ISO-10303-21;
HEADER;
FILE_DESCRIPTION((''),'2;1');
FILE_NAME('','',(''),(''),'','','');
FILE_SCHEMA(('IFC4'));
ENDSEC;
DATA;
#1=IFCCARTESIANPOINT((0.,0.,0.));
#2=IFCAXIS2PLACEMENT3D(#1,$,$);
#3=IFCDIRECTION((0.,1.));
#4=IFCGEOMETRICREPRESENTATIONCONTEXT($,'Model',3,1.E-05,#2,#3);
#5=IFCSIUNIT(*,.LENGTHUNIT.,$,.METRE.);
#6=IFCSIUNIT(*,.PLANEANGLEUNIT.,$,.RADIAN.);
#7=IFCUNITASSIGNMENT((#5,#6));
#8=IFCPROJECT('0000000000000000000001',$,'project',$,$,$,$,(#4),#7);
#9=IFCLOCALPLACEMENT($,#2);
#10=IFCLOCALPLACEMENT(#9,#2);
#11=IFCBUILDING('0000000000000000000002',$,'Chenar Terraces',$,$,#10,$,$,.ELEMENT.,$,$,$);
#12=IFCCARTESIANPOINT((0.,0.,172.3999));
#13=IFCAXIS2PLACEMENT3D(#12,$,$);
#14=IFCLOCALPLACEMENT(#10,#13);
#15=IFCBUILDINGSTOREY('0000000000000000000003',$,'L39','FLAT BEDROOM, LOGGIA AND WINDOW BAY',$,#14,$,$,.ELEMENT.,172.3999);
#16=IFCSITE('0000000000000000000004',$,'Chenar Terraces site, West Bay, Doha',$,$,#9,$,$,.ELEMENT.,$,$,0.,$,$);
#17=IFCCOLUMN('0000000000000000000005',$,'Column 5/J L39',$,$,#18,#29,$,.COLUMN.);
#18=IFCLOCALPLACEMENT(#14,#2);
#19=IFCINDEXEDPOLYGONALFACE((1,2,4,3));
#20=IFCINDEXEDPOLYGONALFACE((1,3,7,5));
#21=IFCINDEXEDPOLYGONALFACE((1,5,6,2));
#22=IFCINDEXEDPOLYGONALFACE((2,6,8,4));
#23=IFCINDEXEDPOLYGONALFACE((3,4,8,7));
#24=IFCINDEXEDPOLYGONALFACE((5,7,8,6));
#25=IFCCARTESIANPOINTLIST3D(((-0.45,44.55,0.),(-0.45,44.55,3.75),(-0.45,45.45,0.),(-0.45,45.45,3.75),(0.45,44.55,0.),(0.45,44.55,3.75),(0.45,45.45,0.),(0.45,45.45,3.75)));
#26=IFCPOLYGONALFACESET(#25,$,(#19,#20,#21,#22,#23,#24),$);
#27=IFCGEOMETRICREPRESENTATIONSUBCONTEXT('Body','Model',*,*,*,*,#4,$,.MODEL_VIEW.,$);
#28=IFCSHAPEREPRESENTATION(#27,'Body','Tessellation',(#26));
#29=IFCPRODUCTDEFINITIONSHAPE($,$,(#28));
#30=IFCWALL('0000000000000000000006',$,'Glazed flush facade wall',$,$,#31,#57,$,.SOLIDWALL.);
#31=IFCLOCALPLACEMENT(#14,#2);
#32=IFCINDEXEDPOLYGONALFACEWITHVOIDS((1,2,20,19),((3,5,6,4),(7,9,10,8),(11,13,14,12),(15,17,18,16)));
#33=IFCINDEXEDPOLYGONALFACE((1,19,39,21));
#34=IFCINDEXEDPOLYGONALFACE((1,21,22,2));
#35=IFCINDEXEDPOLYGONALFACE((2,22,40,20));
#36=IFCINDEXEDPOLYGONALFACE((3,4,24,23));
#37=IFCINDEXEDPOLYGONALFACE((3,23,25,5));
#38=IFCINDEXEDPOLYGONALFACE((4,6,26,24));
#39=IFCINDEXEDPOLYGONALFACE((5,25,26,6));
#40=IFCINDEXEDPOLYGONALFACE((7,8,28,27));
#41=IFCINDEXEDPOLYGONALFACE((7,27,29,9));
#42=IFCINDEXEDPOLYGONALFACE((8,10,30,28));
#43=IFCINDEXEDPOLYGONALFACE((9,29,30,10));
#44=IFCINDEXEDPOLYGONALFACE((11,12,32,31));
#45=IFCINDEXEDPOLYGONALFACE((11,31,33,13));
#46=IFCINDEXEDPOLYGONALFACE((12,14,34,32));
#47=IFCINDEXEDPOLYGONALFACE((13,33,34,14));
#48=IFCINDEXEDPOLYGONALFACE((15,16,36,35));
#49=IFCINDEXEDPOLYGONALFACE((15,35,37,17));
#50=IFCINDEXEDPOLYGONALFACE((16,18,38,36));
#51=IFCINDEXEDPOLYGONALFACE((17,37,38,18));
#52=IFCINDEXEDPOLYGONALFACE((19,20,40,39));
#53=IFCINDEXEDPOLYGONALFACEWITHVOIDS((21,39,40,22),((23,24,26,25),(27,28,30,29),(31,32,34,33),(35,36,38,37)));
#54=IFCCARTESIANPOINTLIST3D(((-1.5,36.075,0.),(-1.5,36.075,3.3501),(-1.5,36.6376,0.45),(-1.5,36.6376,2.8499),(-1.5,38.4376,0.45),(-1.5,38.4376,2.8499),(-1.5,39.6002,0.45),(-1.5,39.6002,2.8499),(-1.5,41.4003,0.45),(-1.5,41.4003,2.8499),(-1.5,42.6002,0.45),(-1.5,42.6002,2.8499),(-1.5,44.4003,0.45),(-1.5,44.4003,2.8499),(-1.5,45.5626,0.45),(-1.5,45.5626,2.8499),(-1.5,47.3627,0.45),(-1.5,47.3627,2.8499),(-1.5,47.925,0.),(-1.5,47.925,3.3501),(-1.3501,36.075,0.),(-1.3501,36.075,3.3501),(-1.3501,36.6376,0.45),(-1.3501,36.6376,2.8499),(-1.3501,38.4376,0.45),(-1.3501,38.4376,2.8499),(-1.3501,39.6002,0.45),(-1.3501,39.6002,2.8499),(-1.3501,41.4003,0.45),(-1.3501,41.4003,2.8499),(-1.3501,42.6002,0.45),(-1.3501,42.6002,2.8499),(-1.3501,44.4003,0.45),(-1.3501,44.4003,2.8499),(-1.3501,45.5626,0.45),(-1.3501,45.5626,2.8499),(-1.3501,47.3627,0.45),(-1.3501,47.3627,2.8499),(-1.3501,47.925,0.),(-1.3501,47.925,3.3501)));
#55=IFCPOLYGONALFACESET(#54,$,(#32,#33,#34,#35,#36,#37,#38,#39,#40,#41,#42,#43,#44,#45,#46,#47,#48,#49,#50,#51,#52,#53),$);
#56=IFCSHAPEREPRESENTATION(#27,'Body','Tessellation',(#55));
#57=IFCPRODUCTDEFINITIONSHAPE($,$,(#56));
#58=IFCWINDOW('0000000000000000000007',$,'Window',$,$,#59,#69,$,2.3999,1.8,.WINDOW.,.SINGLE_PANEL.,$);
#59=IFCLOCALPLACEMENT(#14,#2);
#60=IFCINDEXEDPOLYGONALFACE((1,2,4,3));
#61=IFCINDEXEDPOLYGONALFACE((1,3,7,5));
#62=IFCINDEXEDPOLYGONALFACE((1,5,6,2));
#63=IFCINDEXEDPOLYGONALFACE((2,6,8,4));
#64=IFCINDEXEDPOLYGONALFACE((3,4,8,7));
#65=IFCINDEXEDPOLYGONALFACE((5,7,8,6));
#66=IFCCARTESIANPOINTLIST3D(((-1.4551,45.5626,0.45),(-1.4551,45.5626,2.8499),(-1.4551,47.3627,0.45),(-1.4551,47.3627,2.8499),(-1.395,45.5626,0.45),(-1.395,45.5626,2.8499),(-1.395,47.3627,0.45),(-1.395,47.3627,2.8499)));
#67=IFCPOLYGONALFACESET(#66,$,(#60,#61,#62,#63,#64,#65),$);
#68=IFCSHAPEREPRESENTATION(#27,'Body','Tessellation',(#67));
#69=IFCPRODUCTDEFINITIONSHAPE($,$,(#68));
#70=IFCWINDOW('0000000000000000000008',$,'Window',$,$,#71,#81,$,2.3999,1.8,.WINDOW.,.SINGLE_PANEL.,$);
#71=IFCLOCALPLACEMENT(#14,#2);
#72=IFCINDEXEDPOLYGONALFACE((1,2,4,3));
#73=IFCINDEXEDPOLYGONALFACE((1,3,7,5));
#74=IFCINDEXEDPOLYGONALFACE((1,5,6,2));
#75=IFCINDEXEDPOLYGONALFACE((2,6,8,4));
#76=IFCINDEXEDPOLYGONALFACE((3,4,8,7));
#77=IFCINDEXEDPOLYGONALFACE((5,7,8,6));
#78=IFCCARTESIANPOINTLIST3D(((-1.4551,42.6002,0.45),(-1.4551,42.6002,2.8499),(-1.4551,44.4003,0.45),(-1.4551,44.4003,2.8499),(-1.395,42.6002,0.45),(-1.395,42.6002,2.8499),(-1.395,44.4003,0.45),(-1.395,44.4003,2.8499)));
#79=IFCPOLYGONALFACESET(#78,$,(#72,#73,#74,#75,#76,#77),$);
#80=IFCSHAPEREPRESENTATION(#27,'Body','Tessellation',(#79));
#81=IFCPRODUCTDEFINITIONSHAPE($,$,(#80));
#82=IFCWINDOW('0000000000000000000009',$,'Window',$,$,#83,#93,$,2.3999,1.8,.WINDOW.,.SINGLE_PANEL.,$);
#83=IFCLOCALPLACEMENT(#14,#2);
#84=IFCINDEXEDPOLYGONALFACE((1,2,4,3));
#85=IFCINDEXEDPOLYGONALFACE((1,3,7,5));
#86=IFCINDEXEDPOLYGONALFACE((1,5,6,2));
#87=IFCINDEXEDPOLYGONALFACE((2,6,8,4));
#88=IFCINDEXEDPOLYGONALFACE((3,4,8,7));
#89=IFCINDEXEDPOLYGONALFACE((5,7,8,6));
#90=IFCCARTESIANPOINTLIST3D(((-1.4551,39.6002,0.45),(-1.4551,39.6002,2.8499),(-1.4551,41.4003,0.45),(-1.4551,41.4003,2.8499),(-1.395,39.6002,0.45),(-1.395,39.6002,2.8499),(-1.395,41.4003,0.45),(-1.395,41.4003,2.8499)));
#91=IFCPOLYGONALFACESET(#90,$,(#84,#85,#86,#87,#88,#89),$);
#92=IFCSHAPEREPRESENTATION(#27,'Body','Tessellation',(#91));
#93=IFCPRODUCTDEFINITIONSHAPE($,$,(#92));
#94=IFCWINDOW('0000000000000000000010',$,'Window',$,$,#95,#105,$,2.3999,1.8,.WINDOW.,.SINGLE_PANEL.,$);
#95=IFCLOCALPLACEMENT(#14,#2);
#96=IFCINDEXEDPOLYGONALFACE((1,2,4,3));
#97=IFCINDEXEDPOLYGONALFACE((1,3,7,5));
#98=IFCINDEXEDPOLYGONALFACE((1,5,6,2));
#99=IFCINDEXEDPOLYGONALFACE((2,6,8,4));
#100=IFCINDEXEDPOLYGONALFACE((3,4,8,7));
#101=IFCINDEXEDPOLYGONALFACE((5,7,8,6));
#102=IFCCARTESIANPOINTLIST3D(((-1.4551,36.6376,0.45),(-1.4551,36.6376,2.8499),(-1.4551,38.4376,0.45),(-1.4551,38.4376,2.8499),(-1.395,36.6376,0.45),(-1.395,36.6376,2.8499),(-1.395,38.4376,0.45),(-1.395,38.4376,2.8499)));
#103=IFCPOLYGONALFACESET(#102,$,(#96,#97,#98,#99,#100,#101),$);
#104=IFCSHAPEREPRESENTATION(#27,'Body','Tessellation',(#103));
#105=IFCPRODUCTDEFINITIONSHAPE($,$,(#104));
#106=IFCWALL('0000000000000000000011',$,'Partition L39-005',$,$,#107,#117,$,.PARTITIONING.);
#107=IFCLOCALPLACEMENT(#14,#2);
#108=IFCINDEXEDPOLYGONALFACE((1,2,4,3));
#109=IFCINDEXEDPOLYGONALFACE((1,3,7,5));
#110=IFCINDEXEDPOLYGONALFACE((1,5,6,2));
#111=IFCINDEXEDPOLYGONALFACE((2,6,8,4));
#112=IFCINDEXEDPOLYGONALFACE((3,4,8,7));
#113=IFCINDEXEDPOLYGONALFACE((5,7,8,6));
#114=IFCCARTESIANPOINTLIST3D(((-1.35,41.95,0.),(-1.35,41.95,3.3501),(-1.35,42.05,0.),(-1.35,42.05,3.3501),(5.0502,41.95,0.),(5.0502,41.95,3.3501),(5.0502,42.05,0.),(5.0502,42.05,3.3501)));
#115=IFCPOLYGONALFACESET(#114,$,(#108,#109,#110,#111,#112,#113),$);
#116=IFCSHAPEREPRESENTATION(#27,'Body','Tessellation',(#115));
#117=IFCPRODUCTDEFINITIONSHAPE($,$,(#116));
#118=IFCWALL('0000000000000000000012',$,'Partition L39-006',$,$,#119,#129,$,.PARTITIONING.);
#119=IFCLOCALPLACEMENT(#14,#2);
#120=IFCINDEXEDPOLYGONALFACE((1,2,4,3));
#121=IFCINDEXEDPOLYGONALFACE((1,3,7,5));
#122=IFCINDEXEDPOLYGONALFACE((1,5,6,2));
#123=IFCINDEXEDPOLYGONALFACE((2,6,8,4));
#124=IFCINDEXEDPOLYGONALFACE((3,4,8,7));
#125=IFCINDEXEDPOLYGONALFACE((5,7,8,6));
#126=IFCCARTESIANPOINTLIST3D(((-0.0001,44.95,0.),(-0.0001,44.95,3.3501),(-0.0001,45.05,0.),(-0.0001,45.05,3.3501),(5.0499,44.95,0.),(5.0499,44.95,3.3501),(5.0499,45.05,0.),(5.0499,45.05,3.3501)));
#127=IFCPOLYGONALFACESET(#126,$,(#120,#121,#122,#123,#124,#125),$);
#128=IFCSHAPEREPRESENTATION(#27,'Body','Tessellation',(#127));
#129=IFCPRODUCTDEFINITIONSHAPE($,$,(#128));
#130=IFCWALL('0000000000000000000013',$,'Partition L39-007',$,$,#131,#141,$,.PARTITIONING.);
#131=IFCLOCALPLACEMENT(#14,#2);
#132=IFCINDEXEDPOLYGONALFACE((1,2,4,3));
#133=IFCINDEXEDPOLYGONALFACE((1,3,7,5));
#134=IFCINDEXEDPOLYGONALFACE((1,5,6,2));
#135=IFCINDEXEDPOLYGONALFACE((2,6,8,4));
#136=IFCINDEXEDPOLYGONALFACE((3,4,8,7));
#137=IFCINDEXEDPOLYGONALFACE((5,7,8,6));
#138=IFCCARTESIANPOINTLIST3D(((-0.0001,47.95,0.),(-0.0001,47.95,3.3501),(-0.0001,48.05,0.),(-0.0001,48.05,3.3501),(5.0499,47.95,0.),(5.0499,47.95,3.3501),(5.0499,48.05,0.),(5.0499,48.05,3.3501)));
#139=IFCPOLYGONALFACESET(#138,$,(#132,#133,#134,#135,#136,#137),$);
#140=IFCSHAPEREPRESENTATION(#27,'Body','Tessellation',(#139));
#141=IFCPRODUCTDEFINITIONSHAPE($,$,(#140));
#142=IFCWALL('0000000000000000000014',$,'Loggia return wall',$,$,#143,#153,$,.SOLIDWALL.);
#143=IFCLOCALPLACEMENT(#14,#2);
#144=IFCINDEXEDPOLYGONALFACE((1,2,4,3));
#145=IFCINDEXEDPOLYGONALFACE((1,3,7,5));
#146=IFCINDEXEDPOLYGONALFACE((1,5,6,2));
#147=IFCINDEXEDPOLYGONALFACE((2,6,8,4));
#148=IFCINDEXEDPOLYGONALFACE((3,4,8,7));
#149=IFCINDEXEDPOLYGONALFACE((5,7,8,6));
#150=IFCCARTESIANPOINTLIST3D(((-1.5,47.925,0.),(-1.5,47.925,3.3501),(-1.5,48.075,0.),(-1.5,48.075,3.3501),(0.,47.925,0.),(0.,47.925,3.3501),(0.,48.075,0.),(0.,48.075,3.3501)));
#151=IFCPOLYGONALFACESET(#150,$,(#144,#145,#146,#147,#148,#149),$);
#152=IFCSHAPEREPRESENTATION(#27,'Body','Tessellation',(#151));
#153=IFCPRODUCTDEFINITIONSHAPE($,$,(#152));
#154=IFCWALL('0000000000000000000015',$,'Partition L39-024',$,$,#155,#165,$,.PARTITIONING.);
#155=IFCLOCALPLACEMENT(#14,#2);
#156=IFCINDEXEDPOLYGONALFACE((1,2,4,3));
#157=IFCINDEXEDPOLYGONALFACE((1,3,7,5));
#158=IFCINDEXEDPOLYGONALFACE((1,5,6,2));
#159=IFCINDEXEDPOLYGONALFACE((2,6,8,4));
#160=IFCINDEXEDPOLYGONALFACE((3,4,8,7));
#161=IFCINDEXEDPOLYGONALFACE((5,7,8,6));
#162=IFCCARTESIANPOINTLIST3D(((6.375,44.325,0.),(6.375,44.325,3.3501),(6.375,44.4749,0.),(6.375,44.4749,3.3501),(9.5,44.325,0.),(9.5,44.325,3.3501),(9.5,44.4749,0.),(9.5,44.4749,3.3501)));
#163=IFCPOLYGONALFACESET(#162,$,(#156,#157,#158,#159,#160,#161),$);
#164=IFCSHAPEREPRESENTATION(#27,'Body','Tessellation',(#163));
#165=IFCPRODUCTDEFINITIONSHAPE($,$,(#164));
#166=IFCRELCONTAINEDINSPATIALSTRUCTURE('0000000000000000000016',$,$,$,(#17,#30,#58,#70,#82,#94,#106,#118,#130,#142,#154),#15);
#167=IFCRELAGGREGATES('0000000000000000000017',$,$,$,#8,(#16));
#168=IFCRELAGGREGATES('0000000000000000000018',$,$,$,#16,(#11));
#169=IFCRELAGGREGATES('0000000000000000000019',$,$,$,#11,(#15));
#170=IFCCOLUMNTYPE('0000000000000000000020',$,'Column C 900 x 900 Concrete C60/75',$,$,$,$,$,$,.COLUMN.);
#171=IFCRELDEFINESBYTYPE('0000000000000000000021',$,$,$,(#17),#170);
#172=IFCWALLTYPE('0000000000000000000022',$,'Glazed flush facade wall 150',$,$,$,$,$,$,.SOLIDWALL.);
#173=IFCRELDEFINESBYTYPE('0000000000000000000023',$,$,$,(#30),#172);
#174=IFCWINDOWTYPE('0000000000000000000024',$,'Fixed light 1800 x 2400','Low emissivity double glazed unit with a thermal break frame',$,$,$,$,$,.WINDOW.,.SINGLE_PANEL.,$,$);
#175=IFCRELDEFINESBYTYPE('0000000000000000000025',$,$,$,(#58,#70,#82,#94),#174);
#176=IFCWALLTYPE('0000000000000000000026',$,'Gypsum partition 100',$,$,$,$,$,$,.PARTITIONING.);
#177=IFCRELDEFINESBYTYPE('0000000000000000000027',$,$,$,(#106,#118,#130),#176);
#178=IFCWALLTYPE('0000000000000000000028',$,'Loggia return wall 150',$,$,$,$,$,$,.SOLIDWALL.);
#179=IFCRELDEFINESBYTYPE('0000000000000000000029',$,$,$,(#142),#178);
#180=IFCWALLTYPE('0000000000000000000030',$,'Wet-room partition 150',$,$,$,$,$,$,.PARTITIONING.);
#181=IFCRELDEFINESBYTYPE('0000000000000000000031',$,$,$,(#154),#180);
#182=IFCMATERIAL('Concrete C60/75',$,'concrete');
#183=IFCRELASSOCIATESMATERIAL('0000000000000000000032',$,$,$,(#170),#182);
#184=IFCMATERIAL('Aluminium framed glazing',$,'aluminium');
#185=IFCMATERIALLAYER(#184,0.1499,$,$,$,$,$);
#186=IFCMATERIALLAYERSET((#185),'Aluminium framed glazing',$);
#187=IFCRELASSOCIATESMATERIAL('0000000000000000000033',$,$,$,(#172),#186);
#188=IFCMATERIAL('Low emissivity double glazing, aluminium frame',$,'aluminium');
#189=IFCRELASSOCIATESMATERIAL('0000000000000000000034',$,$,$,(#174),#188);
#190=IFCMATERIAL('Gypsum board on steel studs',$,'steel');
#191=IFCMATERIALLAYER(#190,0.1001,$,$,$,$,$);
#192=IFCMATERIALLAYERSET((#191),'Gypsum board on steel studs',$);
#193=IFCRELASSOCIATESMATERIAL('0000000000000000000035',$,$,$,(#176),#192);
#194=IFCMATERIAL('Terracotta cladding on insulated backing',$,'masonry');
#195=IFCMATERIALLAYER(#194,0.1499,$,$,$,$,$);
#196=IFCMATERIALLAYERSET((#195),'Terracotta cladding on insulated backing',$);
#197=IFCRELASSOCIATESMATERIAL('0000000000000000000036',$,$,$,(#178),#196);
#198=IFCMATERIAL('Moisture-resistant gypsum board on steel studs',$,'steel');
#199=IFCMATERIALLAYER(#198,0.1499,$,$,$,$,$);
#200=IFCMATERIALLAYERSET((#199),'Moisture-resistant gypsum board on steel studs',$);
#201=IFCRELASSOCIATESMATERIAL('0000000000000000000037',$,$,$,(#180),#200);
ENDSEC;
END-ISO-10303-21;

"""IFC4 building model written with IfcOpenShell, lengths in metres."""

from ifc_helpers import new_model, si_unit, direction, frame, frame_2d, origin, origin_2d, place, context, subcontext, project, spatial, rectangle, extrude, material, layer, layer_set, material_profile, profile_set, type_object, element, fill, save


model = new_model("IFC4")

# Units and contexts
model_context = context("Model", 3, precision=1e-05, world=origin(), true_north=direction((0.0, 1.0)))
body_context = subcontext(model_context, "Body", "Model", "MODEL_VIEW")
ifc_project = project(units=[si_unit("LENGTHUNIT", "METRE"), si_unit("PLANEANGLEUNIT", "RADIAN")], contexts=[model_context])

# Site, building, storey
site_placement = place(None, origin())
site = spatial("IfcSite", under=ifc_project, at=site_placement, Name="Chenar Terraces site, West Bay, Doha", CompositionType="ELEMENT", RefElevation=0.0)
building_placement = place(site_placement, origin())
building = spatial("IfcBuilding", under=site, at=building_placement, Name="Chenar Terraces", CompositionType="ELEMENT")
storey_placement = place(building_placement, frame((0.0, 0.0, 172.3999)))
storey = spatial("IfcBuildingStorey", under=building, at=storey_placement, Name="L39", Description="FLAT BEDROOM, LOGGIA AND WINDOW BAY", CompositionType="ELEMENT", Elevation=172.3999)

# Column
ifc_material_1 = material(Name="Concrete C60/75", Category="concrete")
ifc_material_profile_1 = material_profile(ifc_material_1, rectangle(XDim=0.8999, YDim=0.8999, at=origin_2d()), Name="C 900 x 900")
ifc_profile_set_1 = profile_set([ifc_material_profile_1], Name="Concrete C60/75")
column_type = type_object("IfcColumnType", Name="Column C 900 x 900 Concrete C60/75", PredefinedType="COLUMN", material=ifc_profile_set_1)
placement = place(storey_placement, frame((0.0, 45.0, 0.0), z_axis=(0.0, 0.0, 1.0), x_axis=(1.0, 0.0, 0.0)))
element("IfcColumn", 1, at=placement, inside=storey, type_object=column_type, Name="Column 5/J L39", PredefinedType="COLUMN", context=body_context, shape_type="SweptSolid", body=[
    extrude(rectangle(XDim=0.8999, YDim=0.8999, at=origin_2d()), origin(), (0.0, 0.0, 1.0), 3.75),
])

# Wall, openings, windows
ifc_material_2 = material(Name="Aluminium framed glazing", Category="aluminium")
ifc_layer_1 = layer(ifc_material_2, 0.1499)
ifc_layer_set_1 = layer_set([ifc_layer_1], Name="Aluminium framed glazing")
wall_type_1 = type_object("IfcWallType", Name="Glazed flush facade wall 150", PredefinedType="SOLIDWALL", material=ifc_layer_set_1)
wall_1_placement = place(storey_placement, frame((-1.425, 47.925, 0.0), z_axis=(0.0, 0.0, 1.0), x_axis=(0.0, -1.0, 0.0)))
wall_1 = element("IfcWall", 2, at=wall_1_placement, inside=storey, type_object=wall_type_1, Name="Glazed flush facade wall", PredefinedType="SOLIDWALL", context=body_context, shape_type="SweptSolid", body=[
    extrude(rectangle(XDim=11.8501, YDim=0.1499, at=frame_2d((5.925, 0.0))), origin(), (0.0, 0.0, 1.0), 3.3501),
])
opening_1_placement = place(wall_1_placement, frame((0.5625, 0.0, 0.45)))
opening_1 = element("IfcOpeningElement", 3, at=opening_1_placement, cuts=wall_1, PredefinedType="OPENING", context=body_context, shape_type="SweptSolid", body=[
    extrude(rectangle(XDim=1.8, YDim=2.3999, at=frame_2d((0.8999, 1.2))), frame((0.0, 0.085, 0.0), z_axis=(0.0, -1.0, 0.0), x_axis=(1.0, 0.0, 0.0)), (0.0, 0.0, 1.0), 0.1699),
])
opening_2_placement = place(wall_1_placement, frame((3.5249, 0.0, 0.45)))
opening_2 = element("IfcOpeningElement", 4, at=opening_2_placement, cuts=wall_1, PredefinedType="OPENING", context=body_context, shape_type="SweptSolid", body=[
    extrude(rectangle(XDim=1.8, YDim=2.3999, at=frame_2d((0.8999, 1.2))), frame((0.0, 0.085, 0.0), z_axis=(0.0, -1.0, 0.0), x_axis=(1.0, 0.0, 0.0)), (0.0, 0.0, 1.0), 0.1699),
])
opening_3_placement = place(wall_1_placement, frame((6.5249, 0.0, 0.45)))
opening_3 = element("IfcOpeningElement", 5, at=opening_3_placement, cuts=wall_1, PredefinedType="OPENING", context=body_context, shape_type="SweptSolid", body=[
    extrude(rectangle(XDim=1.8, YDim=2.3999, at=frame_2d((0.8999, 1.2))), frame((0.0, 0.085, 0.0), z_axis=(0.0, -1.0, 0.0), x_axis=(1.0, 0.0, 0.0)), (0.0, 0.0, 1.0), 0.1699),
])
opening_4_placement = place(wall_1_placement, frame((9.4875, 0.0, 0.45)))
opening_4 = element("IfcOpeningElement", 6, at=opening_4_placement, cuts=wall_1, PredefinedType="OPENING", context=body_context, shape_type="SweptSolid", body=[
    extrude(rectangle(XDim=1.8, YDim=2.3999, at=frame_2d((0.8999, 1.2))), frame((0.0, 0.085, 0.0), z_axis=(0.0, -1.0, 0.0), x_axis=(1.0, 0.0, 0.0)), (0.0, 0.0, 1.0), 0.1699),
])
ifc_material_3 = material(Name="Low emissivity double glazing, aluminium frame", Category="aluminium")
window_type = type_object("IfcWindowType", Name="Fixed light 1800 x 2400", Description="Low emissivity double glazed unit with a thermal break frame", PartitioningType="SINGLE_PANEL", PredefinedType="WINDOW", material=ifc_material_3)
window_1_placement = place(opening_1_placement, origin())
window_1 = element("IfcWindow", 7, at=window_1_placement, inside=storey, type_object=window_type, Name="Window", OverallHeight=2.3999, OverallWidth=1.8, PartitioningType="SINGLE_PANEL", PredefinedType="WINDOW", context=body_context, shape_type="SweptSolid", body=[
    extrude(rectangle(XDim=1.8, YDim=2.3999, at=frame_2d((0.8999, 1.2))), frame((0.0, 0.03, 0.0), z_axis=(0.0, -1.0, 0.0), x_axis=(1.0, 0.0, 0.0)), (0.0, 0.0, 1.0), 0.0601),
])
fill(opening_1, window_1)
window_2_placement = place(opening_2_placement, origin())
window_2 = element("IfcWindow", 8, at=window_2_placement, inside=storey, type_object=window_type, Name="Window", OverallHeight=2.3999, OverallWidth=1.8, PartitioningType="SINGLE_PANEL", PredefinedType="WINDOW", context=body_context, shape_type="SweptSolid", body=[
    extrude(rectangle(XDim=1.8, YDim=2.3999, at=frame_2d((0.8999, 1.2))), frame((0.0, 0.03, 0.0), z_axis=(0.0, -1.0, 0.0), x_axis=(1.0, 0.0, 0.0)), (0.0, 0.0, 1.0), 0.0601),
])
fill(opening_2, window_2)
window_3_placement = place(opening_3_placement, origin())
window_3 = element("IfcWindow", 9, at=window_3_placement, inside=storey, type_object=window_type, Name="Window", OverallHeight=2.3999, OverallWidth=1.8, PartitioningType="SINGLE_PANEL", PredefinedType="WINDOW", context=body_context, shape_type="SweptSolid", body=[
    extrude(rectangle(XDim=1.8, YDim=2.3999, at=frame_2d((0.8999, 1.2))), frame((0.0, 0.03, 0.0), z_axis=(0.0, -1.0, 0.0), x_axis=(1.0, 0.0, 0.0)), (0.0, 0.0, 1.0), 0.0601),
])
fill(opening_3, window_3)
window_4_placement = place(opening_4_placement, origin())
window_4 = element("IfcWindow", 10, at=window_4_placement, inside=storey, type_object=window_type, Name="Window", OverallHeight=2.3999, OverallWidth=1.8, PartitioningType="SINGLE_PANEL", PredefinedType="WINDOW", context=body_context, shape_type="SweptSolid", body=[
    extrude(rectangle(XDim=1.8, YDim=2.3999, at=frame_2d((0.8999, 1.2))), frame((0.0, 0.03, 0.0), z_axis=(0.0, -1.0, 0.0), x_axis=(1.0, 0.0, 0.0)), (0.0, 0.0, 1.0), 0.0601),
])
fill(opening_4, window_4)

# Walls
ifc_material_4 = material(Name="Gypsum board on steel studs", Category="steel")
ifc_layer_2 = layer(ifc_material_4, 0.1001)
ifc_layer_set_2 = layer_set([ifc_layer_2], Name="Gypsum board on steel studs")
wall_type_2 = type_object("IfcWallType", Name="Gypsum partition 100", PredefinedType="PARTITIONING", material=ifc_layer_set_2)
wall_2_placement = place(storey_placement, frame((-1.3501, 42.0, 0.0), z_axis=(0.0, 0.0, 1.0), x_axis=(1.0, 0.0, 0.0)))
element("IfcWall", 11, at=wall_2_placement, inside=storey, type_object=wall_type_2, Name="Partition L39-005", PredefinedType="PARTITIONING", context=body_context, shape_type="SweptSolid", body=[
    extrude(rectangle(XDim=6.4001, YDim=0.1001, at=frame_2d((3.2002, 0.0))), origin(), (0.0, 0.0, 1.0), 3.3501),
])
element("IfcWall", 12, at=placement, inside=storey, type_object=wall_type_2, Name="Partition L39-006", PredefinedType="PARTITIONING", context=body_context, shape_type="SweptSolid", body=[
    extrude(rectangle(XDim=5.05, YDim=0.1001, at=frame_2d((2.5249, 0.0))), origin(), (0.0, 0.0, 1.0), 3.3501),
])
wall_3_placement = place(storey_placement, frame((0.0, 48.0, 0.0), z_axis=(0.0, 0.0, 1.0), x_axis=(1.0, 0.0, 0.0)))
element("IfcWall", 13, at=wall_3_placement, inside=storey, type_object=wall_type_2, Name="Partition L39-007", PredefinedType="PARTITIONING", context=body_context, shape_type="SweptSolid", body=[
    extrude(rectangle(XDim=5.05, YDim=0.1001, at=frame_2d((2.5249, 0.0))), origin(), (0.0, 0.0, 1.0), 3.3501),
])
ifc_material_5 = material(Name="Terracotta cladding on insulated backing", Category="masonry")
ifc_layer_3 = layer(ifc_material_5, 0.1499)
ifc_layer_set_3 = layer_set([ifc_layer_3], Name="Terracotta cladding on insulated backing")
wall_type_3 = type_object("IfcWallType", Name="Loggia return wall 150", PredefinedType="SOLIDWALL", material=ifc_layer_set_3)
wall_4_placement = place(storey_placement, frame((-1.5, 48.0, 0.0), z_axis=(0.0, 0.0, 1.0), x_axis=(1.0, 0.0, 0.0)))
element("IfcWall", 14, at=wall_4_placement, inside=storey, type_object=wall_type_3, Name="Loggia return wall", PredefinedType="SOLIDWALL", context=body_context, shape_type="SweptSolid", body=[
    extrude(rectangle(XDim=1.5, YDim=0.1499, at=frame_2d((0.75, 0.0))), origin(), (0.0, 0.0, 1.0), 3.3501),
])
ifc_material_6 = material(Name="Moisture-resistant gypsum board on steel studs", Category="steel")
ifc_layer_4 = layer(ifc_material_6, 0.1499)
ifc_layer_set_4 = layer_set([ifc_layer_4], Name="Moisture-resistant gypsum board on steel studs")
wall_type_4 = type_object("IfcWallType", Name="Wet-room partition 150", PredefinedType="PARTITIONING", material=ifc_layer_set_4)
wall_5_placement = place(storey_placement, frame((6.375, 44.3999, 0.0), z_axis=(0.0, 0.0, 1.0), x_axis=(1.0, 0.0, 0.0)))
element("IfcWall", 15, at=wall_5_placement, inside=storey, type_object=wall_type_4, Name="Partition L39-024", PredefinedType="PARTITIONING", context=body_context, shape_type="SweptSolid", body=[
    extrude(rectangle(XDim=3.125, YDim=0.1499, at=frame_2d((1.5625, 0.0))), origin(), (0.0, 0.0, 1.0), 3.3501),
])

save(model, "model.ifc")
